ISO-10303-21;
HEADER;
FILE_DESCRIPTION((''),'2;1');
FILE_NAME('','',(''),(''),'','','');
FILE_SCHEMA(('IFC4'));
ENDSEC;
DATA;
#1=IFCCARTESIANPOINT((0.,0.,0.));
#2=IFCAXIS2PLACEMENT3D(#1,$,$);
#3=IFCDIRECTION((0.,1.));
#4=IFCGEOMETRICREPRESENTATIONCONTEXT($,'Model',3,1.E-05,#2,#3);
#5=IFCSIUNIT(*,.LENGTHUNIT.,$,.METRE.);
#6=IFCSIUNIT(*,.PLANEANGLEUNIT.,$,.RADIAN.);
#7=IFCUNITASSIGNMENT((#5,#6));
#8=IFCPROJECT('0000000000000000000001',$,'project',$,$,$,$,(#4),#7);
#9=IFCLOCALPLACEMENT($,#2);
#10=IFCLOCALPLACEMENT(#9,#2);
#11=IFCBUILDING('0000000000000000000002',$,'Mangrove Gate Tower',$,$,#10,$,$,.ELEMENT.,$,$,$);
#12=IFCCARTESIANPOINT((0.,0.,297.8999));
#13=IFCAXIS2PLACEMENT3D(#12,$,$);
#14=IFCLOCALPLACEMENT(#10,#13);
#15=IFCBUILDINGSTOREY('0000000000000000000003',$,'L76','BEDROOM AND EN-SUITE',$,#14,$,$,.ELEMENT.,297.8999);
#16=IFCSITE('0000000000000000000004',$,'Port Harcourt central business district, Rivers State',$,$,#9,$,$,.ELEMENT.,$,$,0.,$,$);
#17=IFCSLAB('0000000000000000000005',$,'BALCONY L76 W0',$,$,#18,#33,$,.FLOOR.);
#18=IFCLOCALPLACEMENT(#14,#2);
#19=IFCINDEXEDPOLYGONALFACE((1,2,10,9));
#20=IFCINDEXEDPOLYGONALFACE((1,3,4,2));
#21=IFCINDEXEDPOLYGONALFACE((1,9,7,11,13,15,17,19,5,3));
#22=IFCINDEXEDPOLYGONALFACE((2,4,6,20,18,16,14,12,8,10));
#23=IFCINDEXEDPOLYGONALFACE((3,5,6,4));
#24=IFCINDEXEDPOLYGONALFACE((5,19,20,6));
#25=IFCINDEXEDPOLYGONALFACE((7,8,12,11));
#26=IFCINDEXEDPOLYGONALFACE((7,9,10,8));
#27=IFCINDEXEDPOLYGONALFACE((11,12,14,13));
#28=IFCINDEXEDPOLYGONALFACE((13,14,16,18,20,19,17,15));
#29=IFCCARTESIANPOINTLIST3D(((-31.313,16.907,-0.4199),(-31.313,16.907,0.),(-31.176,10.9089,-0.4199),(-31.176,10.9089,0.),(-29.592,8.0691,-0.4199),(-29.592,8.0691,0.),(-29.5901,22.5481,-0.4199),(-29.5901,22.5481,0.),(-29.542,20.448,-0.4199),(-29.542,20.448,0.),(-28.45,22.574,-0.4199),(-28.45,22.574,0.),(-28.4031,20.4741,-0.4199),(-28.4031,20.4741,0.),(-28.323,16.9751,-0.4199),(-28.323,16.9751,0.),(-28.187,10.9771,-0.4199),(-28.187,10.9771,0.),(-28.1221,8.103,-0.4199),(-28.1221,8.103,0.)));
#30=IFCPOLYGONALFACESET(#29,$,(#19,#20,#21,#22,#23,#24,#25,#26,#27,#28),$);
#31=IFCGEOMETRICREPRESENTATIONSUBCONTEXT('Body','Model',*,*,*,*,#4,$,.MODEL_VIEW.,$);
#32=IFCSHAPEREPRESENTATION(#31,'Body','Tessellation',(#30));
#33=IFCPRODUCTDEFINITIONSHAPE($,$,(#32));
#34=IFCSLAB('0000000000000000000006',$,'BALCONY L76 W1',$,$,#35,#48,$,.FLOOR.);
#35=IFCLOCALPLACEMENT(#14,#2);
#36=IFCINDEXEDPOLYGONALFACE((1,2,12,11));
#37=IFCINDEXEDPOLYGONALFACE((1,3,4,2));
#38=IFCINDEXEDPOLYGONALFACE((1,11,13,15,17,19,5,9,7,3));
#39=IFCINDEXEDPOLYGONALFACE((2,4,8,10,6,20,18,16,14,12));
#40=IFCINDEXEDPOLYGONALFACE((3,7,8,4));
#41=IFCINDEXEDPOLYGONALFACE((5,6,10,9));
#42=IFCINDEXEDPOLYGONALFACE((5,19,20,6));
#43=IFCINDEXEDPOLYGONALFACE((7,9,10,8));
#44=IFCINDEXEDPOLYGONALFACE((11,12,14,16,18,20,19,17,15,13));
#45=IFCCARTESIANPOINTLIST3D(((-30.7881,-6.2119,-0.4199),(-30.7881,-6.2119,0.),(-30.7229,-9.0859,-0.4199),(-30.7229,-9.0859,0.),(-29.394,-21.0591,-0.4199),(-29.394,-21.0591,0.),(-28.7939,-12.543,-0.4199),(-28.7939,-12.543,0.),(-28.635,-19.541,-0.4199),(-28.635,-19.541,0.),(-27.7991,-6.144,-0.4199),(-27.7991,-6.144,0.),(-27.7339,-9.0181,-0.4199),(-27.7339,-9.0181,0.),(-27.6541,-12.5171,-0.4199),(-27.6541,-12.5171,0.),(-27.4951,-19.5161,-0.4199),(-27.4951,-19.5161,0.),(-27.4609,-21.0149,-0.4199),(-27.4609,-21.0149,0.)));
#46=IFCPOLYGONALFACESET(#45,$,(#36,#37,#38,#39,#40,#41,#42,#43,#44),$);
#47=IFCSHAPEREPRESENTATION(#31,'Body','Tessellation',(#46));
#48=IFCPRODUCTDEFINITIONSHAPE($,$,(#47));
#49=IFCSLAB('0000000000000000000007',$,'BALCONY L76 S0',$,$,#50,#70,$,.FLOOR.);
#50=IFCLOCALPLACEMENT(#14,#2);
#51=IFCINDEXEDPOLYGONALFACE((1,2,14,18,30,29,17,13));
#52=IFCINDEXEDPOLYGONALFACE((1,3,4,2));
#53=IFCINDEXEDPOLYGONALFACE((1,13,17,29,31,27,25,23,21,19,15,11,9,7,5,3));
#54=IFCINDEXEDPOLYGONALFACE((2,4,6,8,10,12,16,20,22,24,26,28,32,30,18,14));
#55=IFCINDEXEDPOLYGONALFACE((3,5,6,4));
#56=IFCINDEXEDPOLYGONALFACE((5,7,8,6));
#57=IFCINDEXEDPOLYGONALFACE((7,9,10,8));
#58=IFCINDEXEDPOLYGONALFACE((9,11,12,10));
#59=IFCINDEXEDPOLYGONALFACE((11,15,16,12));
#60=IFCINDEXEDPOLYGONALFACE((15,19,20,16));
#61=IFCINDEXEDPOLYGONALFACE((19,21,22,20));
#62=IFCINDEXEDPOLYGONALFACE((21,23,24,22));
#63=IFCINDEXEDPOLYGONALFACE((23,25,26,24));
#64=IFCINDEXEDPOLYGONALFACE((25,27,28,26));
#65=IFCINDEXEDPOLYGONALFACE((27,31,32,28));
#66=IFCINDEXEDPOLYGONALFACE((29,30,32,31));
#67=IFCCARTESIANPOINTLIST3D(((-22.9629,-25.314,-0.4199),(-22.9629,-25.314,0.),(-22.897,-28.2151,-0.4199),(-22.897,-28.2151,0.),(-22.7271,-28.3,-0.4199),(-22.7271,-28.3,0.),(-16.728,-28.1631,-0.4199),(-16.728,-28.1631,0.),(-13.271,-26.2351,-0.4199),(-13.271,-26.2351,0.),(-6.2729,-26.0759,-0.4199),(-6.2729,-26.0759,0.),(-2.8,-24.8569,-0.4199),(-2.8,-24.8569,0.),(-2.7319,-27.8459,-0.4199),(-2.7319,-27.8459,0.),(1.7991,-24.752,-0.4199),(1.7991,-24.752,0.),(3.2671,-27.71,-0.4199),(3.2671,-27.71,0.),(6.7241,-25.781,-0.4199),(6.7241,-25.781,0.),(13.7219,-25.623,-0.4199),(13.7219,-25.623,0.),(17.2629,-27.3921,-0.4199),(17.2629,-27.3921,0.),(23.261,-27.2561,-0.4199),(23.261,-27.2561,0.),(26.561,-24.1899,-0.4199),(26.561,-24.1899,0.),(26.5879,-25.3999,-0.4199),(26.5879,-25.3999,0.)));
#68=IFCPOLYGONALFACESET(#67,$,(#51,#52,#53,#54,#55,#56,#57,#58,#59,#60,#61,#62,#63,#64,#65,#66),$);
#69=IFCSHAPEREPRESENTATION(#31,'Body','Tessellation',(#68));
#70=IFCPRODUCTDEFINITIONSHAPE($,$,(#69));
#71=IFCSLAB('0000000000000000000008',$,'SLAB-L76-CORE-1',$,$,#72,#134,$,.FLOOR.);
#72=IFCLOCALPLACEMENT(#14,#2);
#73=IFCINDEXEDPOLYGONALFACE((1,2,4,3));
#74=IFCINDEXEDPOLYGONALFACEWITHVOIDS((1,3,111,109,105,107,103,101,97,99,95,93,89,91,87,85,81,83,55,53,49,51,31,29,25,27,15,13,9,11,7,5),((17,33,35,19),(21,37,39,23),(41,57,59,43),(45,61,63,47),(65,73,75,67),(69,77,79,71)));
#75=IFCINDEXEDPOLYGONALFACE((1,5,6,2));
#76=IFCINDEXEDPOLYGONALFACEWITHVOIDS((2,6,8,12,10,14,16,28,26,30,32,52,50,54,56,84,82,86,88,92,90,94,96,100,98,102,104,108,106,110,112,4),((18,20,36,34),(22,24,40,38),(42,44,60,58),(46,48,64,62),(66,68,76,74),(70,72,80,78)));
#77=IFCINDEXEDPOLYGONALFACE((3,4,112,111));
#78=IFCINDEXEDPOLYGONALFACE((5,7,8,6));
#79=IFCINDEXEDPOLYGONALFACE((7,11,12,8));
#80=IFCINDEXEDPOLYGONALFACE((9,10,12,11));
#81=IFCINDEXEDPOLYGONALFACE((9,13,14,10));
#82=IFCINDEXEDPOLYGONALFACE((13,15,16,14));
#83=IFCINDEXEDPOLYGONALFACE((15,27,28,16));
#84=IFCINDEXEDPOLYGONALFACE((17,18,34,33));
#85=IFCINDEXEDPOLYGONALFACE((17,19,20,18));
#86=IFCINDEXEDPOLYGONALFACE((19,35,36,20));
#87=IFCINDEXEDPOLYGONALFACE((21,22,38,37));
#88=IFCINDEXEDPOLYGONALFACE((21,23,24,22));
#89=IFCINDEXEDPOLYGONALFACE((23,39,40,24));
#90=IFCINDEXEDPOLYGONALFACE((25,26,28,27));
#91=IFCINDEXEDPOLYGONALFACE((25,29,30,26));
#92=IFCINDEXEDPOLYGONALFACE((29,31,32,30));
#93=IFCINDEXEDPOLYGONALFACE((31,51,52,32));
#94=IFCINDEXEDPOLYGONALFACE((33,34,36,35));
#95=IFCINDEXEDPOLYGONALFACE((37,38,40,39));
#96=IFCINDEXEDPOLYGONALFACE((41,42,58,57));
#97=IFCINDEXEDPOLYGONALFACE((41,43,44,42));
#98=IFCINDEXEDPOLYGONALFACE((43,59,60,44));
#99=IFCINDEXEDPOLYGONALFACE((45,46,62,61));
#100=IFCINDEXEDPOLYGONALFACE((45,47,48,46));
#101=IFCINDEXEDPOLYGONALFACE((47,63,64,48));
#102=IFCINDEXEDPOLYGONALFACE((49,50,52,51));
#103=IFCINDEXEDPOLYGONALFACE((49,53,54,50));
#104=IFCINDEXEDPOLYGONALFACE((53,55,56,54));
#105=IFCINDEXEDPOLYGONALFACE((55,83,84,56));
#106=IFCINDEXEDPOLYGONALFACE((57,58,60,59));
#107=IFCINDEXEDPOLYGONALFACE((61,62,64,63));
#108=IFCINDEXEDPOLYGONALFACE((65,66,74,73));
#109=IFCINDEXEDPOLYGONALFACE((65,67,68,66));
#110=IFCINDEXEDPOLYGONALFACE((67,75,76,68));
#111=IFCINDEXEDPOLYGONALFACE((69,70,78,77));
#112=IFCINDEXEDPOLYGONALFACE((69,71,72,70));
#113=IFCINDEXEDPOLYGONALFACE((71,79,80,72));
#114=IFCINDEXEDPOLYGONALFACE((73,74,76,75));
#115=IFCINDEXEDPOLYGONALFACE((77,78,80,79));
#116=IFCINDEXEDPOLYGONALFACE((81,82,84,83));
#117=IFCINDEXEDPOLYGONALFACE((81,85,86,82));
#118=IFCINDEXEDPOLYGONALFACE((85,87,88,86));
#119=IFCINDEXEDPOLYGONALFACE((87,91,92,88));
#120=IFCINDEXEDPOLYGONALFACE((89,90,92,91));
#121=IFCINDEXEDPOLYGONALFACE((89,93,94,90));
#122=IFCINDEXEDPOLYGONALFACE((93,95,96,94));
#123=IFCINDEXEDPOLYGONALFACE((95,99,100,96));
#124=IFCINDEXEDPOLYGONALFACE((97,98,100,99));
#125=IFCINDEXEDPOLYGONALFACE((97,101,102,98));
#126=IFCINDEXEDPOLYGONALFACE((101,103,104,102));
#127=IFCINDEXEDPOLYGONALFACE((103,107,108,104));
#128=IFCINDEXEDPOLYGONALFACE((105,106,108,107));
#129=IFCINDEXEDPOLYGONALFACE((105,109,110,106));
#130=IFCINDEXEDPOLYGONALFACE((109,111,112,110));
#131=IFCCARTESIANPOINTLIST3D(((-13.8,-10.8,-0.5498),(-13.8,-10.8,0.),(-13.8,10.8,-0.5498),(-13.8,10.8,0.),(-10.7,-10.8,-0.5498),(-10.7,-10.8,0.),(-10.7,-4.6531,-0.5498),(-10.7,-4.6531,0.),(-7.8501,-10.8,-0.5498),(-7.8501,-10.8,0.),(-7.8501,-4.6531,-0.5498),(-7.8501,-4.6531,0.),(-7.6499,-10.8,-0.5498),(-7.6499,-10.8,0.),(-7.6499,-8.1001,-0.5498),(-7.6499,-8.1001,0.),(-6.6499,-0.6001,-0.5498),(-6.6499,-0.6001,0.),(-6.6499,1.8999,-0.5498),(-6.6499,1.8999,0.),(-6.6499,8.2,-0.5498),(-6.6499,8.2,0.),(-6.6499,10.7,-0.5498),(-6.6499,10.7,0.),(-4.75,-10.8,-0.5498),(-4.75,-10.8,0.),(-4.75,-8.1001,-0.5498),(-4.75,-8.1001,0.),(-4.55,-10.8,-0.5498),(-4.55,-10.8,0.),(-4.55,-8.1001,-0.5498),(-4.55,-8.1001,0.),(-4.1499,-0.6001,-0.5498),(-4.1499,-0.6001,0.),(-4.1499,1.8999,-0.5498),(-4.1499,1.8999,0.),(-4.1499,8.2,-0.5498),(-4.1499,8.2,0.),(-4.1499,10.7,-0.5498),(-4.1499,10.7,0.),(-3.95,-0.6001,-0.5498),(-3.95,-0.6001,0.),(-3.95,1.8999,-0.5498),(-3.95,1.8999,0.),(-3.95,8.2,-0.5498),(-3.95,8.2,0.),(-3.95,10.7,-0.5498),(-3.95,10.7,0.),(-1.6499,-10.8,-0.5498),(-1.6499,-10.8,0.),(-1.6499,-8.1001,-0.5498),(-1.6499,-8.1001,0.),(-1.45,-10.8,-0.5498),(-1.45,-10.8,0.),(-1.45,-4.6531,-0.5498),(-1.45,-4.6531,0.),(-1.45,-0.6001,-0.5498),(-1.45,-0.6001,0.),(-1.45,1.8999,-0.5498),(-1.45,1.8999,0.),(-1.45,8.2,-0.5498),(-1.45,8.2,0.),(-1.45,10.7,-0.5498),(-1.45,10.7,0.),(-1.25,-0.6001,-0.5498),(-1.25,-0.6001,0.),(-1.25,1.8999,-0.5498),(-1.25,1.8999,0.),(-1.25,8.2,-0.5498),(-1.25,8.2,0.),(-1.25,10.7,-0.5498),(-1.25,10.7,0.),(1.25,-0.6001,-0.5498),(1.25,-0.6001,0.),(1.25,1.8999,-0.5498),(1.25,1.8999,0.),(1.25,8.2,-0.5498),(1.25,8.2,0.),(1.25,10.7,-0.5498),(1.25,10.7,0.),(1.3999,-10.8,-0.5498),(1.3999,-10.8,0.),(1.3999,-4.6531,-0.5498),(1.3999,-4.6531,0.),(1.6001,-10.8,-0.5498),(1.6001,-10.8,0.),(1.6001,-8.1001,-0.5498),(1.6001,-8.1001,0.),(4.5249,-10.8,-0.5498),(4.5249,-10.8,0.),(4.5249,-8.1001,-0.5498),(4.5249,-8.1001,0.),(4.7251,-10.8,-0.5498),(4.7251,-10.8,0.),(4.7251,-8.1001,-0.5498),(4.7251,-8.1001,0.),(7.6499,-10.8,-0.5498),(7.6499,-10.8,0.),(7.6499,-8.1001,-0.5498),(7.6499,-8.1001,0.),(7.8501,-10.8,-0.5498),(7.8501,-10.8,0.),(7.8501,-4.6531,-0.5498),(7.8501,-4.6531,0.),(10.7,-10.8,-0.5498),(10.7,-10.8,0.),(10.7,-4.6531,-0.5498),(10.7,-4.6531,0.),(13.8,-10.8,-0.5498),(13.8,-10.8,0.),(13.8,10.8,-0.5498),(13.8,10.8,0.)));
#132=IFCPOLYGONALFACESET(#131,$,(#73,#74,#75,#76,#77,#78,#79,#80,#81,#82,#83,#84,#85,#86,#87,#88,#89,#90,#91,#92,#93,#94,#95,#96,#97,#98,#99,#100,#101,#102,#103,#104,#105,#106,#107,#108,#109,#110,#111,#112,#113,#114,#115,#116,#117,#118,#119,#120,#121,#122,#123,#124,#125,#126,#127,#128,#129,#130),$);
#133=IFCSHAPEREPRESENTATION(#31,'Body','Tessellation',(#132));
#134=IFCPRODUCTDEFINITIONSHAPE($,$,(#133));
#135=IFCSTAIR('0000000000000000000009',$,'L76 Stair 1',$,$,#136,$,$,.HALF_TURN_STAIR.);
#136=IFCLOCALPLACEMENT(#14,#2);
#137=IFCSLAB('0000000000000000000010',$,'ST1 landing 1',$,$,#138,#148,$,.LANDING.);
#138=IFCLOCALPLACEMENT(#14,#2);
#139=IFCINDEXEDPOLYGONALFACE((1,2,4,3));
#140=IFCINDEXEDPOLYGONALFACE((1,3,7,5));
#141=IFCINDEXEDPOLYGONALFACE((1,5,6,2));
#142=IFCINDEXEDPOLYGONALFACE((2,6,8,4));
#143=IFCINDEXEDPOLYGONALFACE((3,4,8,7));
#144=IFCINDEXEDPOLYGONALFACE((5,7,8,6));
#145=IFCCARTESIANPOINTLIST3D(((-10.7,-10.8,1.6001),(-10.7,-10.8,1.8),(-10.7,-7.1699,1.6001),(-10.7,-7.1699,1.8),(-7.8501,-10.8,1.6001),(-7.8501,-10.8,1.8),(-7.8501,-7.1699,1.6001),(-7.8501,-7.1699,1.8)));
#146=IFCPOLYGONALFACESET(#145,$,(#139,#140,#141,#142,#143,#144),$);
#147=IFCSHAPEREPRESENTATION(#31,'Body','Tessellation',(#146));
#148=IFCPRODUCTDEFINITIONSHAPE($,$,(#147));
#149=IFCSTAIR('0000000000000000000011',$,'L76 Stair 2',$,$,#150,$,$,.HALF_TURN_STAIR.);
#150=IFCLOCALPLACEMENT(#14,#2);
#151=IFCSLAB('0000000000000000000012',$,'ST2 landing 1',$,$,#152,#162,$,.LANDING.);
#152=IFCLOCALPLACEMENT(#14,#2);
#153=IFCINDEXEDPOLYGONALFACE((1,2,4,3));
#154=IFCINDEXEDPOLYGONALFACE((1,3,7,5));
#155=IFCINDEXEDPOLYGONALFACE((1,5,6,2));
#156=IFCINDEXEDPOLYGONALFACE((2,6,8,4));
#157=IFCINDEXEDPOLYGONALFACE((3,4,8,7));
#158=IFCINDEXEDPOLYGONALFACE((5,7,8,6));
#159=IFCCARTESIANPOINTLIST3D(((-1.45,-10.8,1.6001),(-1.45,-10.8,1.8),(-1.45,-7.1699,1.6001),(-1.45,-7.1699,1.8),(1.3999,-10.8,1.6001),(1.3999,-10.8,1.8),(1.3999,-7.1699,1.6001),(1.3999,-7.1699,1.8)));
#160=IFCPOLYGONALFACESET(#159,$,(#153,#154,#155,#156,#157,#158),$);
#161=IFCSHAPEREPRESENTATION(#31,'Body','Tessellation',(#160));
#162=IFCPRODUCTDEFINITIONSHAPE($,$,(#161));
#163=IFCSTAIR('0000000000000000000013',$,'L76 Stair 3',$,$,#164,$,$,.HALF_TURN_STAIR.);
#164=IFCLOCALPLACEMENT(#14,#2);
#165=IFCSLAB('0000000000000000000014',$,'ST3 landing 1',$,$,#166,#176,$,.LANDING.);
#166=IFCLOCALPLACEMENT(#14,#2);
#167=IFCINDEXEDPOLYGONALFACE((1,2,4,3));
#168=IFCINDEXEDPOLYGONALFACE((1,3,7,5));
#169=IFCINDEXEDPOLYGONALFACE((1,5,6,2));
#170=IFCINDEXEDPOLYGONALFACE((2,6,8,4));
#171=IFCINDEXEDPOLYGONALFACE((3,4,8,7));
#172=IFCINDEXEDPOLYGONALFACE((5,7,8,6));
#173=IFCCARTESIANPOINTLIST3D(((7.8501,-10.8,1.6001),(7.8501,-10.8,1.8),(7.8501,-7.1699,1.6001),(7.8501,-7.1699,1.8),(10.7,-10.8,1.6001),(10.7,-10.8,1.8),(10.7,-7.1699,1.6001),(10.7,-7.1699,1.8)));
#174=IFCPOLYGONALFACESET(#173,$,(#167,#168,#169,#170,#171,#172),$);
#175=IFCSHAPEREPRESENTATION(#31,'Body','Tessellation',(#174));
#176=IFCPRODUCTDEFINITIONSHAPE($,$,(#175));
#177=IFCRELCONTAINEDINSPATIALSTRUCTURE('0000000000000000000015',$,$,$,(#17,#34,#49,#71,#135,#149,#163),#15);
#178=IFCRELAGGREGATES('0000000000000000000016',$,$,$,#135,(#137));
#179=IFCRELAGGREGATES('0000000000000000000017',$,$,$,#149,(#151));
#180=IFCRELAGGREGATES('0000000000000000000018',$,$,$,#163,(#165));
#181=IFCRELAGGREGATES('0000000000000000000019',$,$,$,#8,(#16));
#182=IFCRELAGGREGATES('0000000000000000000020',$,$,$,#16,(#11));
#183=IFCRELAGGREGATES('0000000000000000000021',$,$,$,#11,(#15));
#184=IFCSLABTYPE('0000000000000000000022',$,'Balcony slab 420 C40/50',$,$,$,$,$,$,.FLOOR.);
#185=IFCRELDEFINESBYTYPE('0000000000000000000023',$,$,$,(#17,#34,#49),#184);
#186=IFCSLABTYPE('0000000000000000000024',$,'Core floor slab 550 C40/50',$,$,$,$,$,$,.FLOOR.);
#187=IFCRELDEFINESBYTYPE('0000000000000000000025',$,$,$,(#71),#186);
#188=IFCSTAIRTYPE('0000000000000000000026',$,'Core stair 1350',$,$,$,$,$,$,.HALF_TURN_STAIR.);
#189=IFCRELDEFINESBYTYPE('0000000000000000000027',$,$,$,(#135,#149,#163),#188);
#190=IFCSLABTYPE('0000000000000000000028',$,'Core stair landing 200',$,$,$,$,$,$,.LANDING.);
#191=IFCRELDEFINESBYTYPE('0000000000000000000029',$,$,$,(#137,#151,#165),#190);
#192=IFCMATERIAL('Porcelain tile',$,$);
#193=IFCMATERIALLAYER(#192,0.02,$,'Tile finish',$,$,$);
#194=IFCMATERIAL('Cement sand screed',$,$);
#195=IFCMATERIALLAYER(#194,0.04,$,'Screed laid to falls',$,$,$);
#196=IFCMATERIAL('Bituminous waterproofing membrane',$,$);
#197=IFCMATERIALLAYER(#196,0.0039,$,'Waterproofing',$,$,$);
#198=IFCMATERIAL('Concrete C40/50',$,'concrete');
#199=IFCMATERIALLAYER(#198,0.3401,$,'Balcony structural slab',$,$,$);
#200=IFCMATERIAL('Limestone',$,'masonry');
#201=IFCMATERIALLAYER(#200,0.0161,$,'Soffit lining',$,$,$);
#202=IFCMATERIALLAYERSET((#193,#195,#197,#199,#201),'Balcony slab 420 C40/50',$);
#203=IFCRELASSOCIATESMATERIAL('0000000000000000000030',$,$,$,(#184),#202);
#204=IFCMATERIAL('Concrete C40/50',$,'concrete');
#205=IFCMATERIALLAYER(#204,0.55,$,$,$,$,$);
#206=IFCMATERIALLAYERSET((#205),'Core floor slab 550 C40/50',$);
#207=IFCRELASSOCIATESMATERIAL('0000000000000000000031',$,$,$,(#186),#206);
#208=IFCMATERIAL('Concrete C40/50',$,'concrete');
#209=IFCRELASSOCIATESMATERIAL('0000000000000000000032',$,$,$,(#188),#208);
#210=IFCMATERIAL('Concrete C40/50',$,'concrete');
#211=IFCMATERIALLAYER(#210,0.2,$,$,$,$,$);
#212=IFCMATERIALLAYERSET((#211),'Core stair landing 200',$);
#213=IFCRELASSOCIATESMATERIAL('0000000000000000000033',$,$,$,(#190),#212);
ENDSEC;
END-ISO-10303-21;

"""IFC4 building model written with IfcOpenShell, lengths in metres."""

from ifc_helpers import new_model, si_unit, direction, frame, origin, place, context, subcontext, project, spatial, polyline, outline, extrude, material, layer, layer_set, type_object, element, aggregate, save


model = new_model("IFC4")

# Units and contexts
model_context = context("Model", 3, precision=1e-05, world=origin(), true_north=direction((0.0, 1.0)))
body_context = subcontext(model_context, "Body", "Model", "MODEL_VIEW")
ifc_project = project(units=[si_unit("LENGTHUNIT", "METRE"), si_unit("PLANEANGLEUNIT", "RADIAN")], contexts=[model_context])

# Site, building, storey
site_placement = place(None, origin())
site = spatial("IfcSite", under=ifc_project, at=site_placement, Name="Port Harcourt central business district, Rivers State", CompositionType="ELEMENT", RefElevation=0.0)
building_placement = place(site_placement, origin())
building = spatial("IfcBuilding", under=site, at=building_placement, Name="Mangrove Gate Tower", CompositionType="ELEMENT")
storey_placement = place(building_placement, frame((0.0, 0.0, 297.8999)))
storey = spatial("IfcBuildingStorey", under=building, at=storey_placement, Name="L76", Description="BEDROOM AND EN-SUITE", CompositionType="ELEMENT", Elevation=297.8999)

# Slabs
ifc_material_1 = material(Name="Porcelain tile")
ifc_layer_1 = layer(ifc_material_1, 0.02, Name="Tile finish")
ifc_material_2 = material(Name="Cement sand screed")
ifc_layer_2 = layer(ifc_material_2, 0.04, Name="Screed laid to falls")
ifc_material_3 = material(Name="Bituminous waterproofing membrane")
ifc_layer_3 = layer(ifc_material_3, 0.0039, Name="Waterproofing")
ifc_material_4 = material(Name="Concrete C40/50", Category="concrete")
ifc_layer_4 = layer(ifc_material_4, 0.3401, Name="Balcony structural slab")
ifc_material_5 = material(Name="Limestone", Category="masonry")
ifc_layer_5 = layer(ifc_material_5, 0.0161, Name="Soffit lining")
ifc_layer_set_1 = layer_set([ifc_layer_1, ifc_layer_2, ifc_layer_3, ifc_layer_4, ifc_layer_5], Name="Balcony slab 420 C40/50")
slab_type_1 = type_object("IfcSlabType", Name="Balcony slab 420 C40/50", PredefinedType="FLOOR", material=ifc_layer_set_1)
slab_1_placement = place(storey_placement, frame((0.0, 0.0, -0.4199)))
element("IfcSlab", 1, at=slab_1_placement, inside=storey, type_object=slab_type_1, Name="BALCONY L76 W0", PredefinedType="FLOOR", context=body_context, shape_type="SweptSolid", body=[
    extrude(outline(polyline([(-29.5901, 22.5481), (-29.542, 20.448), (-31.313, 16.907), (-31.176, 10.9089), (-29.592, 8.0691), (-28.1221, 8.103), (-28.187, 10.9771), (-28.323, 16.9751), (-28.4031, 20.4741), (-28.45, 22.574), (-29.5901, 22.5481)])), origin(), (0.0, 0.0, 1.0), 0.4199),
])
slab_2_placement = place(storey_placement, frame((0.0, 0.0, -0.4199)))
element("IfcSlab", 2, at=slab_2_placement, inside=storey, type_object=slab_type_1, Name="BALCONY L76 W1", PredefinedType="FLOOR", context=body_context, shape_type="SweptSolid", body=[
    extrude(outline(polyline([(-30.7881, -6.2119), (-30.7229, -9.0859), (-28.7939, -12.543), (-28.635, -19.541), (-29.394, -21.0591), (-27.4609, -21.0149), (-27.4951, -19.5161), (-27.6541, -12.5171), (-27.7339, -9.0181), (-27.7991, -6.144), (-30.7881, -6.2119)])), origin(), (0.0, 0.0, 1.0), 0.4199),
])
slab_3_placement = place(storey_placement, frame((0.0, 0.0, -0.4199)))
element("IfcSlab", 3, at=slab_3_placement, inside=storey, type_object=slab_type_1, Name="BALCONY L76 S0", PredefinedType="FLOOR", context=body_context, shape_type="SweptSolid", body=[
    extrude(outline(polyline([(-22.897, -28.2151), (-22.7271, -28.3), (-16.728, -28.1631), (-13.271, -26.2351), (-6.2729, -26.0759), (-2.7319, -27.8459), (3.2671, -27.71), (6.7241, -25.781), (13.7219, -25.623), (17.2629, -27.3921), (23.261, -27.2561), (26.5879, -25.3999), (26.561, -24.1899), (1.7991, -24.752), (-2.8, -24.8569), (-22.9629, -25.314), (-22.897, -28.2151)])), origin(), (0.0, 0.0, 1.0), 0.4199),
])
ifc_material_6 = material(Name="Concrete C40/50", Category="concrete")
ifc_layer_6 = layer(ifc_material_6, 0.55)
ifc_layer_set_2 = layer_set([ifc_layer_6], Name="Core floor slab 550 C40/50")
slab_type_2 = type_object("IfcSlabType", Name="Core floor slab 550 C40/50", PredefinedType="FLOOR", material=ifc_layer_set_2)
slab_4_placement = place(storey_placement, frame((0.0, 0.0, -0.5498)))
element("IfcSlab", 4, at=slab_4_placement, inside=storey, type_object=slab_type_2, Name="SLAB-L76-CORE-1", PredefinedType="FLOOR", context=body_context, shape_type="SweptSolid", body=[
    extrude(outline(polyline([(-13.8, -10.8), (-13.8, 10.8), (13.8, 10.8), (13.8, -10.8), (10.7, -10.8), (10.7, -4.6531), (7.8501, -4.6531), (7.8501, -10.8), (7.6499, -10.8), (7.6499, -8.1001), (4.7251, -8.1001), (4.7251, -10.8), (4.5249, -10.8), (4.5249, -8.1001), (1.6001, -8.1001), (1.6001, -10.8), (1.3999, -10.8), (1.3999, -4.6531), (-1.45, -4.6531), (-1.45, -10.8), (-1.6499, -10.8), (-1.6499, -8.1001), (-4.55, -8.1001), (-4.55, -10.8), (-4.75, -10.8), (-4.75, -8.1001), (-7.6499, -8.1001), (-7.6499, -10.8), (-7.8501, -10.8), (-7.8501, -4.6531), (-10.7, -4.6531), (-10.7, -10.8), (-13.8, -10.8)]), holes=[polyline([(-4.1499, 1.8999), (-6.6499, 1.8999), (-6.6499, -0.6001), (-4.1499, -0.6001), (-4.1499, 1.8999)]), polyline([(-1.45, -0.6001), (-1.45, 1.8999), (-3.95, 1.8999), (-3.95, -0.6001), (-1.45, -0.6001)]), polyline([(-4.1499, 8.2), (-4.1499, 10.7), (-6.6499, 10.7), (-6.6499, 8.2), (-4.1499, 8.2)]), polyline([(-1.45, 10.7), (-3.95, 10.7), (-3.95, 8.2), (-1.45, 8.2), (-1.45, 10.7)]), polyline([(1.25, -0.6001), (1.25, 1.8999), (-1.25, 1.8999), (-1.25, -0.6001), (1.25, -0.6001)]), polyline([(1.25, 8.2), (1.25, 10.7), (-1.25, 10.7), (-1.25, 8.2), (1.25, 8.2)])]), origin(), (0.0, 0.0, 1.0), 0.5498),
])

# Stairs, slabs
ifc_material_7 = material(Name="Concrete C40/50", Category="concrete")
stair_type = type_object("IfcStairType", Name="Core stair 1350", PredefinedType="HALF_TURN_STAIR", material=ifc_material_7)
stair_1_placement = place(storey_placement, origin())
stair_1 = element("IfcStair", 5, at=stair_1_placement, inside=storey, type_object=stair_type, Name="L76 Stair 1", PredefinedType="HALF_TURN_STAIR")
ifc_material_8 = material(Name="Concrete C40/50", Category="concrete")
ifc_layer_7 = layer(ifc_material_8, 0.2)
ifc_layer_set_3 = layer_set([ifc_layer_7], Name="Core stair landing 200")
slab_type_3 = type_object("IfcSlabType", Name="Core stair landing 200", PredefinedType="LANDING", material=ifc_layer_set_3)
slab_5_placement = place(storey_placement, frame((0.0, 0.0, 1.6001)))
slab_5 = element("IfcSlab", 6, at=slab_5_placement, type_object=slab_type_3, Name="ST1 landing 1", PredefinedType="LANDING", context=body_context, shape_type="SweptSolid", body=[
    extrude(outline(polyline([(-10.7, -7.1699), (-10.7, -10.8), (-7.8501, -10.8), (-7.8501, -7.1699), (-10.7, -7.1699)])), origin(), (0.0, 0.0, 1.0), 0.2),
])
aggregate(stair_1, [slab_5])
stair_2_placement = place(storey_placement, origin())
stair_2 = element("IfcStair", 7, at=stair_2_placement, inside=storey, type_object=stair_type, Name="L76 Stair 2", PredefinedType="HALF_TURN_STAIR")
slab_6_placement = place(storey_placement, frame((0.0, 0.0, 1.6001)))
slab_6 = element("IfcSlab", 8, at=slab_6_placement, type_object=slab_type_3, Name="ST2 landing 1", PredefinedType="LANDING", context=body_context, shape_type="SweptSolid", body=[
    extrude(outline(polyline([(-1.45, -7.1699), (-1.45, -10.8), (1.3999, -10.8), (1.3999, -7.1699), (-1.45, -7.1699)])), origin(), (0.0, 0.0, 1.0), 0.2),
])
aggregate(stair_2, [slab_6])
stair_3_placement = place(storey_placement, origin())
stair_3 = element("IfcStair", 9, at=stair_3_placement, inside=storey, type_object=stair_type, Name="L76 Stair 3", PredefinedType="HALF_TURN_STAIR")
slab_7_placement = place(storey_placement, frame((0.0, 0.0, 1.6001)))
slab_7 = element("IfcSlab", 10, at=slab_7_placement, type_object=slab_type_3, Name="ST3 landing 1", PredefinedType="LANDING", context=body_context, shape_type="SweptSolid", body=[
    extrude(outline(polyline([(7.8501, -7.1699), (7.8501, -10.8), (10.7, -10.8), (10.7, -7.1699), (7.8501, -7.1699)])), origin(), (0.0, 0.0, 1.0), 0.2),
])
aggregate(stair_3, [slab_7])

save(model, "model.ifc")
